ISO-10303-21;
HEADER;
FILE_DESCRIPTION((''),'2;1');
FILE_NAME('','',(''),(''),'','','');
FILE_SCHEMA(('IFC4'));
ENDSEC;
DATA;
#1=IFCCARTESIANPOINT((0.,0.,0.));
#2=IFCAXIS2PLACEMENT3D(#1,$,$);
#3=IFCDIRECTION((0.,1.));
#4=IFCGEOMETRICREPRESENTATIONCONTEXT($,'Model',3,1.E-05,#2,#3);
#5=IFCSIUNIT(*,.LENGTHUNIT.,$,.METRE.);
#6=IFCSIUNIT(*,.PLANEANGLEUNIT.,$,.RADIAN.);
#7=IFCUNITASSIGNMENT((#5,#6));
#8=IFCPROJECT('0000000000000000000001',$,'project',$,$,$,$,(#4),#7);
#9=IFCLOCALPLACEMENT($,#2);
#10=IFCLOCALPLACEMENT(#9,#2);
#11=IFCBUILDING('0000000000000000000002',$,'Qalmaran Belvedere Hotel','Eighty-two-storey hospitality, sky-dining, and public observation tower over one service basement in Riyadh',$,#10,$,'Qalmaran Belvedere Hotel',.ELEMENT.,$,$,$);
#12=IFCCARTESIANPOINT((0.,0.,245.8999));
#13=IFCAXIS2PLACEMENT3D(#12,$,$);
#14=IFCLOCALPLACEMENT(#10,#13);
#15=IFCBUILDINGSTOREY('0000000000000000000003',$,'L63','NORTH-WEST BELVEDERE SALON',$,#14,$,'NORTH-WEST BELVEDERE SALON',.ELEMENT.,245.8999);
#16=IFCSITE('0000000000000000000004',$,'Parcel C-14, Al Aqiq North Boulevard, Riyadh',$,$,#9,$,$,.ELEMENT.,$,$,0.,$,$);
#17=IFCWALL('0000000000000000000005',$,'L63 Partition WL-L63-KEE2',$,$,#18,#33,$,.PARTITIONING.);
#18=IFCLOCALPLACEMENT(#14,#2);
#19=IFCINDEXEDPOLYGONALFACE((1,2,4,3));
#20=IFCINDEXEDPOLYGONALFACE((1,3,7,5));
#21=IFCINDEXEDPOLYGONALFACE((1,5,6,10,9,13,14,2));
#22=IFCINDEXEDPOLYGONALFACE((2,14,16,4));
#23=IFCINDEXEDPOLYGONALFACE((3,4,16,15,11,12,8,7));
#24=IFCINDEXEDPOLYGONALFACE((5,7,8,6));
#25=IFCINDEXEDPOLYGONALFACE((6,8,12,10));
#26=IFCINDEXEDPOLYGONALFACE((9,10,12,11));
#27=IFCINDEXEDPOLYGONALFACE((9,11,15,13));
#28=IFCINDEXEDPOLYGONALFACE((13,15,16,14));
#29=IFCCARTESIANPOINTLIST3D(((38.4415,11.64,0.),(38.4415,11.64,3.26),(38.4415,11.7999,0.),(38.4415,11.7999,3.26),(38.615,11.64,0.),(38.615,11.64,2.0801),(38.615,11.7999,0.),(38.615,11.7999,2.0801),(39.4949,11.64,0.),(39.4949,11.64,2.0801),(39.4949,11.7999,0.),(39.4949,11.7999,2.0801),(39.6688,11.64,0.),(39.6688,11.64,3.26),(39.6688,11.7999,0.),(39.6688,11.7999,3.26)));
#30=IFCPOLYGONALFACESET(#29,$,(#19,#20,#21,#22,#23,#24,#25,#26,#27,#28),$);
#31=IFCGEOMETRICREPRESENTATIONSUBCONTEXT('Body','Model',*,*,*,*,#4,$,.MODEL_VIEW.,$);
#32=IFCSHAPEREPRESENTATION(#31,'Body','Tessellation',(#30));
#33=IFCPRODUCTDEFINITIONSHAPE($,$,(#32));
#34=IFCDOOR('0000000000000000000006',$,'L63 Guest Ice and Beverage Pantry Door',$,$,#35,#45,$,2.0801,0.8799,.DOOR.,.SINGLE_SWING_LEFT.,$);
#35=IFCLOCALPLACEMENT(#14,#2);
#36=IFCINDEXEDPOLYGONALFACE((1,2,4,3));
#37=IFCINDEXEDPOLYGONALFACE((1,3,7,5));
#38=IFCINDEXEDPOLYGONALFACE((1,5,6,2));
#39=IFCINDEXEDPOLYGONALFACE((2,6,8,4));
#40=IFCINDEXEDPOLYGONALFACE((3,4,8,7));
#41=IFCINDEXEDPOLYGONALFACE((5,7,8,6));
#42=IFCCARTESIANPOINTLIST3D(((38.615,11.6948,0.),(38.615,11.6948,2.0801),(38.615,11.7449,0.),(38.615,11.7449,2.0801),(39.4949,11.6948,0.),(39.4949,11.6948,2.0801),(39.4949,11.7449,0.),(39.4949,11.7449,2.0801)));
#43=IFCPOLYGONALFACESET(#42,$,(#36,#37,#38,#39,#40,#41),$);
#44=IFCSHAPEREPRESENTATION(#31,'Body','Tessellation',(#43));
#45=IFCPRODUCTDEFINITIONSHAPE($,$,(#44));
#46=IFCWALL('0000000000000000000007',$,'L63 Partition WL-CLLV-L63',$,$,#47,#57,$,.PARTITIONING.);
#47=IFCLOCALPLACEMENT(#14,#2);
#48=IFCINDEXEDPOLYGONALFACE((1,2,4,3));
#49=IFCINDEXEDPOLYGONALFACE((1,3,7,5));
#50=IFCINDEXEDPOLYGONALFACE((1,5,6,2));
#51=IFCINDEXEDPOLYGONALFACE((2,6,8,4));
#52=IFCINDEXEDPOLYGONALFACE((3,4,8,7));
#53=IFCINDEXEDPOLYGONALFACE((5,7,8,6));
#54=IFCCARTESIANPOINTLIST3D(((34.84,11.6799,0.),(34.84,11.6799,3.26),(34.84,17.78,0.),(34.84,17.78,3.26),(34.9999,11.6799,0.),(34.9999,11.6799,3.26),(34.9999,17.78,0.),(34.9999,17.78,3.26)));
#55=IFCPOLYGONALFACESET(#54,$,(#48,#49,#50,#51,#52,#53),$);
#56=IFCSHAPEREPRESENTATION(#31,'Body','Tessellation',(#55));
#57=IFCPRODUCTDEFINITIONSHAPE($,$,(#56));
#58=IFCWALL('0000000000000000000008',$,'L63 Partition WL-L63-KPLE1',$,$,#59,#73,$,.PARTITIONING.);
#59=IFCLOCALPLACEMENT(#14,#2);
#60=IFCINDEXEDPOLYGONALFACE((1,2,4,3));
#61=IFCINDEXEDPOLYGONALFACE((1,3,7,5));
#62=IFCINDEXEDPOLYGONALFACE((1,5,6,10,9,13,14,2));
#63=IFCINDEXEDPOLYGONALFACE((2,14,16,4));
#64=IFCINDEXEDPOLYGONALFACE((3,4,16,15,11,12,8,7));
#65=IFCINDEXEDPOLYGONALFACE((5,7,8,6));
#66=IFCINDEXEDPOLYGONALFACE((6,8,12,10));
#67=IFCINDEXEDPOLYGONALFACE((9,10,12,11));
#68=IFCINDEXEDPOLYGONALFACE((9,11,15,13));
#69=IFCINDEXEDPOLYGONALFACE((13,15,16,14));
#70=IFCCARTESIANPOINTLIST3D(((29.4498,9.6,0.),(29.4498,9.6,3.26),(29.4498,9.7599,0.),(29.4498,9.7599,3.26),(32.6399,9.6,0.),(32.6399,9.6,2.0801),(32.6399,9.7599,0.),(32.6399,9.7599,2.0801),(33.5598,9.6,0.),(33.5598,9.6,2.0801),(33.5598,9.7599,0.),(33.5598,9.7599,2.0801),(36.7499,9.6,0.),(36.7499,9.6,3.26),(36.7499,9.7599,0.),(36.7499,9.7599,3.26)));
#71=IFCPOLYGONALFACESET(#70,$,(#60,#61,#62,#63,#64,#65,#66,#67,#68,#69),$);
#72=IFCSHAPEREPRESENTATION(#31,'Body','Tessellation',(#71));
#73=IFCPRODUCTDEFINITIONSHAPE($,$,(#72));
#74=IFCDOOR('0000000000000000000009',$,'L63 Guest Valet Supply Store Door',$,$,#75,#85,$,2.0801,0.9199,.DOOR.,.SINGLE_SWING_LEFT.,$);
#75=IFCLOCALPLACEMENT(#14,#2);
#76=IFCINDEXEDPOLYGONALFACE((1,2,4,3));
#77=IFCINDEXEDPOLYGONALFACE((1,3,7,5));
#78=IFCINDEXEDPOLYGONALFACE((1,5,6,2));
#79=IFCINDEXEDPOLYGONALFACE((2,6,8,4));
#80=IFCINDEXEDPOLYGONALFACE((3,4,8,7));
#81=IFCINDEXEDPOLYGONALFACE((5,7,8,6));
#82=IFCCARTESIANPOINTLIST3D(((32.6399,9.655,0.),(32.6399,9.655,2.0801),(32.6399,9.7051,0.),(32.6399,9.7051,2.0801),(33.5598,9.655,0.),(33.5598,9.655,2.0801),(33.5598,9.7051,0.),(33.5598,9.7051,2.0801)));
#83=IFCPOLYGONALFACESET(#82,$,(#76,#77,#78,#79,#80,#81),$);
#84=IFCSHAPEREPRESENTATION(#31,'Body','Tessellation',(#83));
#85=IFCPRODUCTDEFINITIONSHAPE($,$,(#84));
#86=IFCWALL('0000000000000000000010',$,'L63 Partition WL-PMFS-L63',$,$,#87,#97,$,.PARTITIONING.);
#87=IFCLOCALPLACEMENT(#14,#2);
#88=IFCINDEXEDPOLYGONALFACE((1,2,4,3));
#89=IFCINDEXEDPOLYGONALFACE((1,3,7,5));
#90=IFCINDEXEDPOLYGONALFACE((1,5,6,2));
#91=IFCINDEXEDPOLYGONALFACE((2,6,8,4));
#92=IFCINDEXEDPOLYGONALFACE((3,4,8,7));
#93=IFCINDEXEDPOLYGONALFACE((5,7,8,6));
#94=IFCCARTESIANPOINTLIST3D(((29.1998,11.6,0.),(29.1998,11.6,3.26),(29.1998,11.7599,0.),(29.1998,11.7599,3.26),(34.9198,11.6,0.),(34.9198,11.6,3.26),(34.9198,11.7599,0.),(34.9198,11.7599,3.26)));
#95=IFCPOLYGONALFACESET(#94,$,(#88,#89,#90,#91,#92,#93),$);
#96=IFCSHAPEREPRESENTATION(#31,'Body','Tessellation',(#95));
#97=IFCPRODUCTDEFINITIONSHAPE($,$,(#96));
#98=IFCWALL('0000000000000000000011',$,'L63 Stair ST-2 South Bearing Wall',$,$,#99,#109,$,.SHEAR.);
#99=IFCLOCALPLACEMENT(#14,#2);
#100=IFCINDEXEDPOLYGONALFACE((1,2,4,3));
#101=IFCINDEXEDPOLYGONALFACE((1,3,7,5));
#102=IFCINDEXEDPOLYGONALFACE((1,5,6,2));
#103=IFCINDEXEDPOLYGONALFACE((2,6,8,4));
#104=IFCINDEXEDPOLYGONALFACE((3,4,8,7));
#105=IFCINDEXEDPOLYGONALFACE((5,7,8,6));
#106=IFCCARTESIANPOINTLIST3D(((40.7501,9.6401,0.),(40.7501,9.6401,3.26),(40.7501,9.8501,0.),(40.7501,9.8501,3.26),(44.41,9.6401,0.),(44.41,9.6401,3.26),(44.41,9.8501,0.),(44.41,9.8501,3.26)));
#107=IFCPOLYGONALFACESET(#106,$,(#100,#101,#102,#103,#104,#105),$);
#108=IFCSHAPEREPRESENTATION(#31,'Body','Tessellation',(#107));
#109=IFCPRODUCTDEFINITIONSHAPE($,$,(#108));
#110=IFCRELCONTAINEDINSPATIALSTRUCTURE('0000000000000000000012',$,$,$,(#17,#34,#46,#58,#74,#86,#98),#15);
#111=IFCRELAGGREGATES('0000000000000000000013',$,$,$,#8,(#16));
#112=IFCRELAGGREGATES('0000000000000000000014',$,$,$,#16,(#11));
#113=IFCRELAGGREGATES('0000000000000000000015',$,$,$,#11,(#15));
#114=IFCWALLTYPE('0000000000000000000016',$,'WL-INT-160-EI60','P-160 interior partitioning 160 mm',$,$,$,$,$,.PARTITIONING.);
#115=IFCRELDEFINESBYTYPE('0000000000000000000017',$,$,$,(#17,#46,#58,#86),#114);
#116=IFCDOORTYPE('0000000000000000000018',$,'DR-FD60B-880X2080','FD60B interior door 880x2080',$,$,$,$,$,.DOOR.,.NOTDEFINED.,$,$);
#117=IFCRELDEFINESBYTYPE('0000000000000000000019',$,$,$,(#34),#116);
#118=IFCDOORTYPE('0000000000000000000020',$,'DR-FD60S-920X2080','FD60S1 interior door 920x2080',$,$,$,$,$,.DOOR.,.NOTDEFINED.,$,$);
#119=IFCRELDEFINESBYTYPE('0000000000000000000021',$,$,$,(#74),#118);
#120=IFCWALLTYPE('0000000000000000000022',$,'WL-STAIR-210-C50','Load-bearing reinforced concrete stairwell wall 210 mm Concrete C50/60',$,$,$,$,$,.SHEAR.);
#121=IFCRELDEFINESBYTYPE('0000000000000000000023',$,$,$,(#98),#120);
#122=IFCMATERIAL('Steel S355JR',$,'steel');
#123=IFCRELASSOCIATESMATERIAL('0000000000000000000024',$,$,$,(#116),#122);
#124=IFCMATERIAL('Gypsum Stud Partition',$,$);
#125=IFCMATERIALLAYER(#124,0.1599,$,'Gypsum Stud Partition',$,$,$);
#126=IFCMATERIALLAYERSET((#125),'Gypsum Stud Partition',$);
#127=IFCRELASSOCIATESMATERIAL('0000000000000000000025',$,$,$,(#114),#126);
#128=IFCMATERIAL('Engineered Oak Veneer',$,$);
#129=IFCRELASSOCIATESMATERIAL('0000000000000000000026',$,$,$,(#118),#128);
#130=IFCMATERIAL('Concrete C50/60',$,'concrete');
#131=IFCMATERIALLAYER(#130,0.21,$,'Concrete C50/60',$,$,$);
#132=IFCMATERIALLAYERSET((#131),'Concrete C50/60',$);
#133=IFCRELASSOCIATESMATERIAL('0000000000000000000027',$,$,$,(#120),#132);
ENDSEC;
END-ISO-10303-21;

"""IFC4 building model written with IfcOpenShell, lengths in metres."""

from ifc_helpers import new_model, si_unit, direction, frame, frame_2d, origin, place, context, subcontext, project, spatial, rectangle, extrude, material, layer, layer_set, type_object, element, fill, save


model = new_model("IFC4")

# Units and contexts
model_context = context("Model", 3, precision=1e-05, world=origin(), true_north=direction((0.0, 1.0)))
body_context = subcontext(model_context, "Body", "Model", "MODEL_VIEW")
ifc_project = project(units=[si_unit("LENGTHUNIT", "METRE"), si_unit("PLANEANGLEUNIT", "RADIAN")], contexts=[model_context])

# Site, building, storey
site_placement = place(None, origin())
site = spatial("IfcSite", under=ifc_project, at=site_placement, Name="Parcel C-14, Al Aqiq North Boulevard, Riyadh", CompositionType="ELEMENT", RefElevation=0.0)
building_placement = place(site_placement, origin())
building = spatial("IfcBuilding", under=site, at=building_placement, Name="Qalmaran Belvedere Hotel", Description="Eighty-two-storey hospitality, sky-dining, and public observation tower over one service basement in Riyadh", LongName="Qalmaran Belvedere Hotel", CompositionType="ELEMENT")
storey_placement = place(building_placement, frame((0.0, 0.0, 245.8999)))
storey = spatial("IfcBuildingStorey", under=building, at=storey_placement, Name="L63", Description="NORTH-WEST BELVEDERE SALON", LongName="NORTH-WEST BELVEDERE SALON", CompositionType="ELEMENT", Elevation=245.8999)

# Shared definitions
ifc_material_1 = material(Name="Concrete C50/60", Category="concrete")

# Shared definitions
ifc_material_2 = material(Name="Steel S355JR", Category="steel")

# Shared definitions
ifc_material_3 = material(Name="Gypsum Stud Partition")

# Wall, opening, door
door_type_1 = type_object("IfcDoorType", Name="DR-FD60B-880X2080", Description="FD60B interior door 880x2080", OperationType="NOTDEFINED", PredefinedType="DOOR", material=ifc_material_2)
ifc_layer_1 = layer(ifc_material_3, 0.1599, Name="Gypsum Stud Partition")
ifc_layer_set_1 = layer_set([ifc_layer_1], Name="Gypsum Stud Partition")
wall_type_1 = type_object("IfcWallType", Name="WL-INT-160-EI60", Description="P-160 interior partitioning 160 mm", PredefinedType="PARTITIONING", material=ifc_layer_set_1)
wall_1_placement = place(storey_placement, frame((38.4414, 11.72, 0.0), z_axis=(0.0, 0.0, 1.0), x_axis=(1.0, 0.0, 0.0)))
wall_1 = element("IfcWall", 1, at=wall_1_placement, inside=storey, type_object=wall_type_1, Name="L63 Partition WL-L63-KEE2", PredefinedType="PARTITIONING", context=body_context, shape_type="SweptSolid", body=[
    extrude(rectangle(XDim=1.2273, YDim=0.1599, at=frame_2d((0.6138, 0.0))), origin(), (0.0, 0.0, 1.0), 3.26),
])
opening_1_placement = place(wall_1_placement, frame((0.1736, 0.0, 0.0)))
opening_1 = element("IfcOpeningElement", 2, at=opening_1_placement, cuts=wall_1, PredefinedType="OPENING", context=body_context, shape_type="SweptSolid", body=[
    extrude(rectangle(XDim=0.8799, YDim=2.0801, at=frame_2d((0.4399, 1.04))), frame((0.0, 0.0898, 0.0), z_axis=(0.0, -1.0, 0.0), x_axis=(1.0, 0.0, 0.0)), (0.0, 0.0, 1.0), 0.1799),
])
door_1_placement = place(opening_1_placement, origin())
door_1 = element("IfcDoor", 3, at=door_1_placement, inside=storey, type_object=door_type_1, Name="L63 Guest Ice and Beverage Pantry Door", OperationType="SINGLE_SWING_LEFT", OverallHeight=2.0801, OverallWidth=0.8799, PredefinedType="DOOR", context=body_context, shape_type="SweptSolid", body=[
    extrude(rectangle(XDim=0.8799, YDim=2.0801, at=frame_2d((0.4399, 1.04))), frame((0.0, 0.0249, 0.0), z_axis=(0.0, -1.0, 0.0), x_axis=(1.0, 0.0, 0.0)), (0.0, 0.0, 1.0), 0.05),
])
fill(opening_1, door_1)
ifc_material_4 = material(Name="Engineered Oak Veneer")

# Wall
wall_2_placement = place(storey_placement, frame((34.9199, 11.6799, 0.0), z_axis=(0.0, 0.0, 1.0), x_axis=(0.0, 1.0, 0.0)))
element("IfcWall", 4, at=wall_2_placement, inside=storey, type_object=wall_type_1, Name="L63 Partition WL-CLLV-L63", PredefinedType="PARTITIONING", context=body_context, shape_type="SweptSolid", body=[
    extrude(rectangle(XDim=6.1001, YDim=0.1599, at=frame_2d((3.05, 0.0))), origin(), (0.0, 0.0, 1.0), 3.26),
])

# Wall, opening, door
wall_3_placement = place(storey_placement, frame((29.45, 9.6799, 0.0), z_axis=(0.0, 0.0, 1.0), x_axis=(1.0, 0.0, 0.0)))
wall_3 = element("IfcWall", 5, at=wall_3_placement, inside=storey, type_object=wall_type_1, Name="L63 Partition WL-L63-KPLE1", PredefinedType="PARTITIONING", context=body_context, shape_type="SweptSolid", body=[
    extrude(rectangle(XDim=7.3, YDim=0.1599, at=frame_2d((3.6499, 0.0))), origin(), (0.0, 0.0, 1.0), 3.26),
])
opening_2_placement = place(wall_3_placement, frame((4.1099, 0.0, 0.0), z_axis=(0.0, 0.0, 1.0), x_axis=(-1.0, 0.0, 0.0)))
opening_2 = element("IfcOpeningElement", 6, at=opening_2_placement, cuts=wall_3, PredefinedType="OPENING", context=body_context, shape_type="SweptSolid", body=[
    extrude(rectangle(XDim=0.9199, YDim=2.0801, at=frame_2d((0.46, 1.04))), frame((0.0, 0.0898, 0.0), z_axis=(0.0, -1.0, 0.0), x_axis=(1.0, 0.0, 0.0)), (0.0, 0.0, 1.0), 0.1799),
])
door_type_2 = type_object("IfcDoorType", Name="DR-FD60S-920X2080", Description="FD60S1 interior door 920x2080", OperationType="NOTDEFINED", PredefinedType="DOOR", material=ifc_material_4)
door_2_placement = place(opening_2_placement, origin())
door_2 = element("IfcDoor", 7, at=door_2_placement, inside=storey, type_object=door_type_2, Name="L63 Guest Valet Supply Store Door", OperationType="SINGLE_SWING_LEFT", OverallHeight=2.0801, OverallWidth=0.9199, PredefinedType="DOOR", context=body_context, shape_type="SweptSolid", body=[
    extrude(rectangle(XDim=0.9199, YDim=2.0801, at=frame_2d((0.46, 1.04))), frame((0.0, 0.0249, 0.0), z_axis=(0.0, -1.0, 0.0), x_axis=(1.0, 0.0, 0.0)), (0.0, 0.0, 1.0), 0.05),
])
fill(opening_2, door_2)

# Walls
wall_4_placement = place(storey_placement, frame((29.2, 11.6799, 0.0), z_axis=(0.0, 0.0, 1.0), x_axis=(1.0, 0.0, 0.0)))
element("IfcWall", 8, at=wall_4_placement, inside=storey, type_object=wall_type_1, Name="L63 Partition WL-PMFS-L63", PredefinedType="PARTITIONING", context=body_context, shape_type="SweptSolid", body=[
    extrude(rectangle(XDim=5.72, YDim=0.1599, at=frame_2d((2.8599, 0.0))), origin(), (0.0, 0.0, 1.0), 3.26),
])
ifc_layer_2 = layer(ifc_material_1, 0.21, Name="Concrete C50/60")
ifc_layer_set_2 = layer_set([ifc_layer_2], Name="Concrete C50/60")
wall_type_2 = type_object("IfcWallType", Name="WL-STAIR-210-C50", Description="Load-bearing reinforced concrete stairwell wall 210 mm Concrete C50/60", PredefinedType="SHEAR", material=ifc_layer_set_2)
wall_5_placement = place(storey_placement, frame((40.75, 9.7451, 0.0), z_axis=(0.0, 0.0, 1.0), x_axis=(1.0, 0.0, 0.0)))
element("IfcWall", 9, at=wall_5_placement, inside=storey, type_object=wall_type_2, Name="L63 Stair ST-2 South Bearing Wall", PredefinedType="SHEAR", context=body_context, shape_type="SweptSolid", body=[
    extrude(rectangle(XDim=3.6599, YDim=0.21, at=frame_2d((1.8301, 0.0))), origin(), (0.0, 0.0, 1.0), 3.26),
])

save(model, "model.ifc")
